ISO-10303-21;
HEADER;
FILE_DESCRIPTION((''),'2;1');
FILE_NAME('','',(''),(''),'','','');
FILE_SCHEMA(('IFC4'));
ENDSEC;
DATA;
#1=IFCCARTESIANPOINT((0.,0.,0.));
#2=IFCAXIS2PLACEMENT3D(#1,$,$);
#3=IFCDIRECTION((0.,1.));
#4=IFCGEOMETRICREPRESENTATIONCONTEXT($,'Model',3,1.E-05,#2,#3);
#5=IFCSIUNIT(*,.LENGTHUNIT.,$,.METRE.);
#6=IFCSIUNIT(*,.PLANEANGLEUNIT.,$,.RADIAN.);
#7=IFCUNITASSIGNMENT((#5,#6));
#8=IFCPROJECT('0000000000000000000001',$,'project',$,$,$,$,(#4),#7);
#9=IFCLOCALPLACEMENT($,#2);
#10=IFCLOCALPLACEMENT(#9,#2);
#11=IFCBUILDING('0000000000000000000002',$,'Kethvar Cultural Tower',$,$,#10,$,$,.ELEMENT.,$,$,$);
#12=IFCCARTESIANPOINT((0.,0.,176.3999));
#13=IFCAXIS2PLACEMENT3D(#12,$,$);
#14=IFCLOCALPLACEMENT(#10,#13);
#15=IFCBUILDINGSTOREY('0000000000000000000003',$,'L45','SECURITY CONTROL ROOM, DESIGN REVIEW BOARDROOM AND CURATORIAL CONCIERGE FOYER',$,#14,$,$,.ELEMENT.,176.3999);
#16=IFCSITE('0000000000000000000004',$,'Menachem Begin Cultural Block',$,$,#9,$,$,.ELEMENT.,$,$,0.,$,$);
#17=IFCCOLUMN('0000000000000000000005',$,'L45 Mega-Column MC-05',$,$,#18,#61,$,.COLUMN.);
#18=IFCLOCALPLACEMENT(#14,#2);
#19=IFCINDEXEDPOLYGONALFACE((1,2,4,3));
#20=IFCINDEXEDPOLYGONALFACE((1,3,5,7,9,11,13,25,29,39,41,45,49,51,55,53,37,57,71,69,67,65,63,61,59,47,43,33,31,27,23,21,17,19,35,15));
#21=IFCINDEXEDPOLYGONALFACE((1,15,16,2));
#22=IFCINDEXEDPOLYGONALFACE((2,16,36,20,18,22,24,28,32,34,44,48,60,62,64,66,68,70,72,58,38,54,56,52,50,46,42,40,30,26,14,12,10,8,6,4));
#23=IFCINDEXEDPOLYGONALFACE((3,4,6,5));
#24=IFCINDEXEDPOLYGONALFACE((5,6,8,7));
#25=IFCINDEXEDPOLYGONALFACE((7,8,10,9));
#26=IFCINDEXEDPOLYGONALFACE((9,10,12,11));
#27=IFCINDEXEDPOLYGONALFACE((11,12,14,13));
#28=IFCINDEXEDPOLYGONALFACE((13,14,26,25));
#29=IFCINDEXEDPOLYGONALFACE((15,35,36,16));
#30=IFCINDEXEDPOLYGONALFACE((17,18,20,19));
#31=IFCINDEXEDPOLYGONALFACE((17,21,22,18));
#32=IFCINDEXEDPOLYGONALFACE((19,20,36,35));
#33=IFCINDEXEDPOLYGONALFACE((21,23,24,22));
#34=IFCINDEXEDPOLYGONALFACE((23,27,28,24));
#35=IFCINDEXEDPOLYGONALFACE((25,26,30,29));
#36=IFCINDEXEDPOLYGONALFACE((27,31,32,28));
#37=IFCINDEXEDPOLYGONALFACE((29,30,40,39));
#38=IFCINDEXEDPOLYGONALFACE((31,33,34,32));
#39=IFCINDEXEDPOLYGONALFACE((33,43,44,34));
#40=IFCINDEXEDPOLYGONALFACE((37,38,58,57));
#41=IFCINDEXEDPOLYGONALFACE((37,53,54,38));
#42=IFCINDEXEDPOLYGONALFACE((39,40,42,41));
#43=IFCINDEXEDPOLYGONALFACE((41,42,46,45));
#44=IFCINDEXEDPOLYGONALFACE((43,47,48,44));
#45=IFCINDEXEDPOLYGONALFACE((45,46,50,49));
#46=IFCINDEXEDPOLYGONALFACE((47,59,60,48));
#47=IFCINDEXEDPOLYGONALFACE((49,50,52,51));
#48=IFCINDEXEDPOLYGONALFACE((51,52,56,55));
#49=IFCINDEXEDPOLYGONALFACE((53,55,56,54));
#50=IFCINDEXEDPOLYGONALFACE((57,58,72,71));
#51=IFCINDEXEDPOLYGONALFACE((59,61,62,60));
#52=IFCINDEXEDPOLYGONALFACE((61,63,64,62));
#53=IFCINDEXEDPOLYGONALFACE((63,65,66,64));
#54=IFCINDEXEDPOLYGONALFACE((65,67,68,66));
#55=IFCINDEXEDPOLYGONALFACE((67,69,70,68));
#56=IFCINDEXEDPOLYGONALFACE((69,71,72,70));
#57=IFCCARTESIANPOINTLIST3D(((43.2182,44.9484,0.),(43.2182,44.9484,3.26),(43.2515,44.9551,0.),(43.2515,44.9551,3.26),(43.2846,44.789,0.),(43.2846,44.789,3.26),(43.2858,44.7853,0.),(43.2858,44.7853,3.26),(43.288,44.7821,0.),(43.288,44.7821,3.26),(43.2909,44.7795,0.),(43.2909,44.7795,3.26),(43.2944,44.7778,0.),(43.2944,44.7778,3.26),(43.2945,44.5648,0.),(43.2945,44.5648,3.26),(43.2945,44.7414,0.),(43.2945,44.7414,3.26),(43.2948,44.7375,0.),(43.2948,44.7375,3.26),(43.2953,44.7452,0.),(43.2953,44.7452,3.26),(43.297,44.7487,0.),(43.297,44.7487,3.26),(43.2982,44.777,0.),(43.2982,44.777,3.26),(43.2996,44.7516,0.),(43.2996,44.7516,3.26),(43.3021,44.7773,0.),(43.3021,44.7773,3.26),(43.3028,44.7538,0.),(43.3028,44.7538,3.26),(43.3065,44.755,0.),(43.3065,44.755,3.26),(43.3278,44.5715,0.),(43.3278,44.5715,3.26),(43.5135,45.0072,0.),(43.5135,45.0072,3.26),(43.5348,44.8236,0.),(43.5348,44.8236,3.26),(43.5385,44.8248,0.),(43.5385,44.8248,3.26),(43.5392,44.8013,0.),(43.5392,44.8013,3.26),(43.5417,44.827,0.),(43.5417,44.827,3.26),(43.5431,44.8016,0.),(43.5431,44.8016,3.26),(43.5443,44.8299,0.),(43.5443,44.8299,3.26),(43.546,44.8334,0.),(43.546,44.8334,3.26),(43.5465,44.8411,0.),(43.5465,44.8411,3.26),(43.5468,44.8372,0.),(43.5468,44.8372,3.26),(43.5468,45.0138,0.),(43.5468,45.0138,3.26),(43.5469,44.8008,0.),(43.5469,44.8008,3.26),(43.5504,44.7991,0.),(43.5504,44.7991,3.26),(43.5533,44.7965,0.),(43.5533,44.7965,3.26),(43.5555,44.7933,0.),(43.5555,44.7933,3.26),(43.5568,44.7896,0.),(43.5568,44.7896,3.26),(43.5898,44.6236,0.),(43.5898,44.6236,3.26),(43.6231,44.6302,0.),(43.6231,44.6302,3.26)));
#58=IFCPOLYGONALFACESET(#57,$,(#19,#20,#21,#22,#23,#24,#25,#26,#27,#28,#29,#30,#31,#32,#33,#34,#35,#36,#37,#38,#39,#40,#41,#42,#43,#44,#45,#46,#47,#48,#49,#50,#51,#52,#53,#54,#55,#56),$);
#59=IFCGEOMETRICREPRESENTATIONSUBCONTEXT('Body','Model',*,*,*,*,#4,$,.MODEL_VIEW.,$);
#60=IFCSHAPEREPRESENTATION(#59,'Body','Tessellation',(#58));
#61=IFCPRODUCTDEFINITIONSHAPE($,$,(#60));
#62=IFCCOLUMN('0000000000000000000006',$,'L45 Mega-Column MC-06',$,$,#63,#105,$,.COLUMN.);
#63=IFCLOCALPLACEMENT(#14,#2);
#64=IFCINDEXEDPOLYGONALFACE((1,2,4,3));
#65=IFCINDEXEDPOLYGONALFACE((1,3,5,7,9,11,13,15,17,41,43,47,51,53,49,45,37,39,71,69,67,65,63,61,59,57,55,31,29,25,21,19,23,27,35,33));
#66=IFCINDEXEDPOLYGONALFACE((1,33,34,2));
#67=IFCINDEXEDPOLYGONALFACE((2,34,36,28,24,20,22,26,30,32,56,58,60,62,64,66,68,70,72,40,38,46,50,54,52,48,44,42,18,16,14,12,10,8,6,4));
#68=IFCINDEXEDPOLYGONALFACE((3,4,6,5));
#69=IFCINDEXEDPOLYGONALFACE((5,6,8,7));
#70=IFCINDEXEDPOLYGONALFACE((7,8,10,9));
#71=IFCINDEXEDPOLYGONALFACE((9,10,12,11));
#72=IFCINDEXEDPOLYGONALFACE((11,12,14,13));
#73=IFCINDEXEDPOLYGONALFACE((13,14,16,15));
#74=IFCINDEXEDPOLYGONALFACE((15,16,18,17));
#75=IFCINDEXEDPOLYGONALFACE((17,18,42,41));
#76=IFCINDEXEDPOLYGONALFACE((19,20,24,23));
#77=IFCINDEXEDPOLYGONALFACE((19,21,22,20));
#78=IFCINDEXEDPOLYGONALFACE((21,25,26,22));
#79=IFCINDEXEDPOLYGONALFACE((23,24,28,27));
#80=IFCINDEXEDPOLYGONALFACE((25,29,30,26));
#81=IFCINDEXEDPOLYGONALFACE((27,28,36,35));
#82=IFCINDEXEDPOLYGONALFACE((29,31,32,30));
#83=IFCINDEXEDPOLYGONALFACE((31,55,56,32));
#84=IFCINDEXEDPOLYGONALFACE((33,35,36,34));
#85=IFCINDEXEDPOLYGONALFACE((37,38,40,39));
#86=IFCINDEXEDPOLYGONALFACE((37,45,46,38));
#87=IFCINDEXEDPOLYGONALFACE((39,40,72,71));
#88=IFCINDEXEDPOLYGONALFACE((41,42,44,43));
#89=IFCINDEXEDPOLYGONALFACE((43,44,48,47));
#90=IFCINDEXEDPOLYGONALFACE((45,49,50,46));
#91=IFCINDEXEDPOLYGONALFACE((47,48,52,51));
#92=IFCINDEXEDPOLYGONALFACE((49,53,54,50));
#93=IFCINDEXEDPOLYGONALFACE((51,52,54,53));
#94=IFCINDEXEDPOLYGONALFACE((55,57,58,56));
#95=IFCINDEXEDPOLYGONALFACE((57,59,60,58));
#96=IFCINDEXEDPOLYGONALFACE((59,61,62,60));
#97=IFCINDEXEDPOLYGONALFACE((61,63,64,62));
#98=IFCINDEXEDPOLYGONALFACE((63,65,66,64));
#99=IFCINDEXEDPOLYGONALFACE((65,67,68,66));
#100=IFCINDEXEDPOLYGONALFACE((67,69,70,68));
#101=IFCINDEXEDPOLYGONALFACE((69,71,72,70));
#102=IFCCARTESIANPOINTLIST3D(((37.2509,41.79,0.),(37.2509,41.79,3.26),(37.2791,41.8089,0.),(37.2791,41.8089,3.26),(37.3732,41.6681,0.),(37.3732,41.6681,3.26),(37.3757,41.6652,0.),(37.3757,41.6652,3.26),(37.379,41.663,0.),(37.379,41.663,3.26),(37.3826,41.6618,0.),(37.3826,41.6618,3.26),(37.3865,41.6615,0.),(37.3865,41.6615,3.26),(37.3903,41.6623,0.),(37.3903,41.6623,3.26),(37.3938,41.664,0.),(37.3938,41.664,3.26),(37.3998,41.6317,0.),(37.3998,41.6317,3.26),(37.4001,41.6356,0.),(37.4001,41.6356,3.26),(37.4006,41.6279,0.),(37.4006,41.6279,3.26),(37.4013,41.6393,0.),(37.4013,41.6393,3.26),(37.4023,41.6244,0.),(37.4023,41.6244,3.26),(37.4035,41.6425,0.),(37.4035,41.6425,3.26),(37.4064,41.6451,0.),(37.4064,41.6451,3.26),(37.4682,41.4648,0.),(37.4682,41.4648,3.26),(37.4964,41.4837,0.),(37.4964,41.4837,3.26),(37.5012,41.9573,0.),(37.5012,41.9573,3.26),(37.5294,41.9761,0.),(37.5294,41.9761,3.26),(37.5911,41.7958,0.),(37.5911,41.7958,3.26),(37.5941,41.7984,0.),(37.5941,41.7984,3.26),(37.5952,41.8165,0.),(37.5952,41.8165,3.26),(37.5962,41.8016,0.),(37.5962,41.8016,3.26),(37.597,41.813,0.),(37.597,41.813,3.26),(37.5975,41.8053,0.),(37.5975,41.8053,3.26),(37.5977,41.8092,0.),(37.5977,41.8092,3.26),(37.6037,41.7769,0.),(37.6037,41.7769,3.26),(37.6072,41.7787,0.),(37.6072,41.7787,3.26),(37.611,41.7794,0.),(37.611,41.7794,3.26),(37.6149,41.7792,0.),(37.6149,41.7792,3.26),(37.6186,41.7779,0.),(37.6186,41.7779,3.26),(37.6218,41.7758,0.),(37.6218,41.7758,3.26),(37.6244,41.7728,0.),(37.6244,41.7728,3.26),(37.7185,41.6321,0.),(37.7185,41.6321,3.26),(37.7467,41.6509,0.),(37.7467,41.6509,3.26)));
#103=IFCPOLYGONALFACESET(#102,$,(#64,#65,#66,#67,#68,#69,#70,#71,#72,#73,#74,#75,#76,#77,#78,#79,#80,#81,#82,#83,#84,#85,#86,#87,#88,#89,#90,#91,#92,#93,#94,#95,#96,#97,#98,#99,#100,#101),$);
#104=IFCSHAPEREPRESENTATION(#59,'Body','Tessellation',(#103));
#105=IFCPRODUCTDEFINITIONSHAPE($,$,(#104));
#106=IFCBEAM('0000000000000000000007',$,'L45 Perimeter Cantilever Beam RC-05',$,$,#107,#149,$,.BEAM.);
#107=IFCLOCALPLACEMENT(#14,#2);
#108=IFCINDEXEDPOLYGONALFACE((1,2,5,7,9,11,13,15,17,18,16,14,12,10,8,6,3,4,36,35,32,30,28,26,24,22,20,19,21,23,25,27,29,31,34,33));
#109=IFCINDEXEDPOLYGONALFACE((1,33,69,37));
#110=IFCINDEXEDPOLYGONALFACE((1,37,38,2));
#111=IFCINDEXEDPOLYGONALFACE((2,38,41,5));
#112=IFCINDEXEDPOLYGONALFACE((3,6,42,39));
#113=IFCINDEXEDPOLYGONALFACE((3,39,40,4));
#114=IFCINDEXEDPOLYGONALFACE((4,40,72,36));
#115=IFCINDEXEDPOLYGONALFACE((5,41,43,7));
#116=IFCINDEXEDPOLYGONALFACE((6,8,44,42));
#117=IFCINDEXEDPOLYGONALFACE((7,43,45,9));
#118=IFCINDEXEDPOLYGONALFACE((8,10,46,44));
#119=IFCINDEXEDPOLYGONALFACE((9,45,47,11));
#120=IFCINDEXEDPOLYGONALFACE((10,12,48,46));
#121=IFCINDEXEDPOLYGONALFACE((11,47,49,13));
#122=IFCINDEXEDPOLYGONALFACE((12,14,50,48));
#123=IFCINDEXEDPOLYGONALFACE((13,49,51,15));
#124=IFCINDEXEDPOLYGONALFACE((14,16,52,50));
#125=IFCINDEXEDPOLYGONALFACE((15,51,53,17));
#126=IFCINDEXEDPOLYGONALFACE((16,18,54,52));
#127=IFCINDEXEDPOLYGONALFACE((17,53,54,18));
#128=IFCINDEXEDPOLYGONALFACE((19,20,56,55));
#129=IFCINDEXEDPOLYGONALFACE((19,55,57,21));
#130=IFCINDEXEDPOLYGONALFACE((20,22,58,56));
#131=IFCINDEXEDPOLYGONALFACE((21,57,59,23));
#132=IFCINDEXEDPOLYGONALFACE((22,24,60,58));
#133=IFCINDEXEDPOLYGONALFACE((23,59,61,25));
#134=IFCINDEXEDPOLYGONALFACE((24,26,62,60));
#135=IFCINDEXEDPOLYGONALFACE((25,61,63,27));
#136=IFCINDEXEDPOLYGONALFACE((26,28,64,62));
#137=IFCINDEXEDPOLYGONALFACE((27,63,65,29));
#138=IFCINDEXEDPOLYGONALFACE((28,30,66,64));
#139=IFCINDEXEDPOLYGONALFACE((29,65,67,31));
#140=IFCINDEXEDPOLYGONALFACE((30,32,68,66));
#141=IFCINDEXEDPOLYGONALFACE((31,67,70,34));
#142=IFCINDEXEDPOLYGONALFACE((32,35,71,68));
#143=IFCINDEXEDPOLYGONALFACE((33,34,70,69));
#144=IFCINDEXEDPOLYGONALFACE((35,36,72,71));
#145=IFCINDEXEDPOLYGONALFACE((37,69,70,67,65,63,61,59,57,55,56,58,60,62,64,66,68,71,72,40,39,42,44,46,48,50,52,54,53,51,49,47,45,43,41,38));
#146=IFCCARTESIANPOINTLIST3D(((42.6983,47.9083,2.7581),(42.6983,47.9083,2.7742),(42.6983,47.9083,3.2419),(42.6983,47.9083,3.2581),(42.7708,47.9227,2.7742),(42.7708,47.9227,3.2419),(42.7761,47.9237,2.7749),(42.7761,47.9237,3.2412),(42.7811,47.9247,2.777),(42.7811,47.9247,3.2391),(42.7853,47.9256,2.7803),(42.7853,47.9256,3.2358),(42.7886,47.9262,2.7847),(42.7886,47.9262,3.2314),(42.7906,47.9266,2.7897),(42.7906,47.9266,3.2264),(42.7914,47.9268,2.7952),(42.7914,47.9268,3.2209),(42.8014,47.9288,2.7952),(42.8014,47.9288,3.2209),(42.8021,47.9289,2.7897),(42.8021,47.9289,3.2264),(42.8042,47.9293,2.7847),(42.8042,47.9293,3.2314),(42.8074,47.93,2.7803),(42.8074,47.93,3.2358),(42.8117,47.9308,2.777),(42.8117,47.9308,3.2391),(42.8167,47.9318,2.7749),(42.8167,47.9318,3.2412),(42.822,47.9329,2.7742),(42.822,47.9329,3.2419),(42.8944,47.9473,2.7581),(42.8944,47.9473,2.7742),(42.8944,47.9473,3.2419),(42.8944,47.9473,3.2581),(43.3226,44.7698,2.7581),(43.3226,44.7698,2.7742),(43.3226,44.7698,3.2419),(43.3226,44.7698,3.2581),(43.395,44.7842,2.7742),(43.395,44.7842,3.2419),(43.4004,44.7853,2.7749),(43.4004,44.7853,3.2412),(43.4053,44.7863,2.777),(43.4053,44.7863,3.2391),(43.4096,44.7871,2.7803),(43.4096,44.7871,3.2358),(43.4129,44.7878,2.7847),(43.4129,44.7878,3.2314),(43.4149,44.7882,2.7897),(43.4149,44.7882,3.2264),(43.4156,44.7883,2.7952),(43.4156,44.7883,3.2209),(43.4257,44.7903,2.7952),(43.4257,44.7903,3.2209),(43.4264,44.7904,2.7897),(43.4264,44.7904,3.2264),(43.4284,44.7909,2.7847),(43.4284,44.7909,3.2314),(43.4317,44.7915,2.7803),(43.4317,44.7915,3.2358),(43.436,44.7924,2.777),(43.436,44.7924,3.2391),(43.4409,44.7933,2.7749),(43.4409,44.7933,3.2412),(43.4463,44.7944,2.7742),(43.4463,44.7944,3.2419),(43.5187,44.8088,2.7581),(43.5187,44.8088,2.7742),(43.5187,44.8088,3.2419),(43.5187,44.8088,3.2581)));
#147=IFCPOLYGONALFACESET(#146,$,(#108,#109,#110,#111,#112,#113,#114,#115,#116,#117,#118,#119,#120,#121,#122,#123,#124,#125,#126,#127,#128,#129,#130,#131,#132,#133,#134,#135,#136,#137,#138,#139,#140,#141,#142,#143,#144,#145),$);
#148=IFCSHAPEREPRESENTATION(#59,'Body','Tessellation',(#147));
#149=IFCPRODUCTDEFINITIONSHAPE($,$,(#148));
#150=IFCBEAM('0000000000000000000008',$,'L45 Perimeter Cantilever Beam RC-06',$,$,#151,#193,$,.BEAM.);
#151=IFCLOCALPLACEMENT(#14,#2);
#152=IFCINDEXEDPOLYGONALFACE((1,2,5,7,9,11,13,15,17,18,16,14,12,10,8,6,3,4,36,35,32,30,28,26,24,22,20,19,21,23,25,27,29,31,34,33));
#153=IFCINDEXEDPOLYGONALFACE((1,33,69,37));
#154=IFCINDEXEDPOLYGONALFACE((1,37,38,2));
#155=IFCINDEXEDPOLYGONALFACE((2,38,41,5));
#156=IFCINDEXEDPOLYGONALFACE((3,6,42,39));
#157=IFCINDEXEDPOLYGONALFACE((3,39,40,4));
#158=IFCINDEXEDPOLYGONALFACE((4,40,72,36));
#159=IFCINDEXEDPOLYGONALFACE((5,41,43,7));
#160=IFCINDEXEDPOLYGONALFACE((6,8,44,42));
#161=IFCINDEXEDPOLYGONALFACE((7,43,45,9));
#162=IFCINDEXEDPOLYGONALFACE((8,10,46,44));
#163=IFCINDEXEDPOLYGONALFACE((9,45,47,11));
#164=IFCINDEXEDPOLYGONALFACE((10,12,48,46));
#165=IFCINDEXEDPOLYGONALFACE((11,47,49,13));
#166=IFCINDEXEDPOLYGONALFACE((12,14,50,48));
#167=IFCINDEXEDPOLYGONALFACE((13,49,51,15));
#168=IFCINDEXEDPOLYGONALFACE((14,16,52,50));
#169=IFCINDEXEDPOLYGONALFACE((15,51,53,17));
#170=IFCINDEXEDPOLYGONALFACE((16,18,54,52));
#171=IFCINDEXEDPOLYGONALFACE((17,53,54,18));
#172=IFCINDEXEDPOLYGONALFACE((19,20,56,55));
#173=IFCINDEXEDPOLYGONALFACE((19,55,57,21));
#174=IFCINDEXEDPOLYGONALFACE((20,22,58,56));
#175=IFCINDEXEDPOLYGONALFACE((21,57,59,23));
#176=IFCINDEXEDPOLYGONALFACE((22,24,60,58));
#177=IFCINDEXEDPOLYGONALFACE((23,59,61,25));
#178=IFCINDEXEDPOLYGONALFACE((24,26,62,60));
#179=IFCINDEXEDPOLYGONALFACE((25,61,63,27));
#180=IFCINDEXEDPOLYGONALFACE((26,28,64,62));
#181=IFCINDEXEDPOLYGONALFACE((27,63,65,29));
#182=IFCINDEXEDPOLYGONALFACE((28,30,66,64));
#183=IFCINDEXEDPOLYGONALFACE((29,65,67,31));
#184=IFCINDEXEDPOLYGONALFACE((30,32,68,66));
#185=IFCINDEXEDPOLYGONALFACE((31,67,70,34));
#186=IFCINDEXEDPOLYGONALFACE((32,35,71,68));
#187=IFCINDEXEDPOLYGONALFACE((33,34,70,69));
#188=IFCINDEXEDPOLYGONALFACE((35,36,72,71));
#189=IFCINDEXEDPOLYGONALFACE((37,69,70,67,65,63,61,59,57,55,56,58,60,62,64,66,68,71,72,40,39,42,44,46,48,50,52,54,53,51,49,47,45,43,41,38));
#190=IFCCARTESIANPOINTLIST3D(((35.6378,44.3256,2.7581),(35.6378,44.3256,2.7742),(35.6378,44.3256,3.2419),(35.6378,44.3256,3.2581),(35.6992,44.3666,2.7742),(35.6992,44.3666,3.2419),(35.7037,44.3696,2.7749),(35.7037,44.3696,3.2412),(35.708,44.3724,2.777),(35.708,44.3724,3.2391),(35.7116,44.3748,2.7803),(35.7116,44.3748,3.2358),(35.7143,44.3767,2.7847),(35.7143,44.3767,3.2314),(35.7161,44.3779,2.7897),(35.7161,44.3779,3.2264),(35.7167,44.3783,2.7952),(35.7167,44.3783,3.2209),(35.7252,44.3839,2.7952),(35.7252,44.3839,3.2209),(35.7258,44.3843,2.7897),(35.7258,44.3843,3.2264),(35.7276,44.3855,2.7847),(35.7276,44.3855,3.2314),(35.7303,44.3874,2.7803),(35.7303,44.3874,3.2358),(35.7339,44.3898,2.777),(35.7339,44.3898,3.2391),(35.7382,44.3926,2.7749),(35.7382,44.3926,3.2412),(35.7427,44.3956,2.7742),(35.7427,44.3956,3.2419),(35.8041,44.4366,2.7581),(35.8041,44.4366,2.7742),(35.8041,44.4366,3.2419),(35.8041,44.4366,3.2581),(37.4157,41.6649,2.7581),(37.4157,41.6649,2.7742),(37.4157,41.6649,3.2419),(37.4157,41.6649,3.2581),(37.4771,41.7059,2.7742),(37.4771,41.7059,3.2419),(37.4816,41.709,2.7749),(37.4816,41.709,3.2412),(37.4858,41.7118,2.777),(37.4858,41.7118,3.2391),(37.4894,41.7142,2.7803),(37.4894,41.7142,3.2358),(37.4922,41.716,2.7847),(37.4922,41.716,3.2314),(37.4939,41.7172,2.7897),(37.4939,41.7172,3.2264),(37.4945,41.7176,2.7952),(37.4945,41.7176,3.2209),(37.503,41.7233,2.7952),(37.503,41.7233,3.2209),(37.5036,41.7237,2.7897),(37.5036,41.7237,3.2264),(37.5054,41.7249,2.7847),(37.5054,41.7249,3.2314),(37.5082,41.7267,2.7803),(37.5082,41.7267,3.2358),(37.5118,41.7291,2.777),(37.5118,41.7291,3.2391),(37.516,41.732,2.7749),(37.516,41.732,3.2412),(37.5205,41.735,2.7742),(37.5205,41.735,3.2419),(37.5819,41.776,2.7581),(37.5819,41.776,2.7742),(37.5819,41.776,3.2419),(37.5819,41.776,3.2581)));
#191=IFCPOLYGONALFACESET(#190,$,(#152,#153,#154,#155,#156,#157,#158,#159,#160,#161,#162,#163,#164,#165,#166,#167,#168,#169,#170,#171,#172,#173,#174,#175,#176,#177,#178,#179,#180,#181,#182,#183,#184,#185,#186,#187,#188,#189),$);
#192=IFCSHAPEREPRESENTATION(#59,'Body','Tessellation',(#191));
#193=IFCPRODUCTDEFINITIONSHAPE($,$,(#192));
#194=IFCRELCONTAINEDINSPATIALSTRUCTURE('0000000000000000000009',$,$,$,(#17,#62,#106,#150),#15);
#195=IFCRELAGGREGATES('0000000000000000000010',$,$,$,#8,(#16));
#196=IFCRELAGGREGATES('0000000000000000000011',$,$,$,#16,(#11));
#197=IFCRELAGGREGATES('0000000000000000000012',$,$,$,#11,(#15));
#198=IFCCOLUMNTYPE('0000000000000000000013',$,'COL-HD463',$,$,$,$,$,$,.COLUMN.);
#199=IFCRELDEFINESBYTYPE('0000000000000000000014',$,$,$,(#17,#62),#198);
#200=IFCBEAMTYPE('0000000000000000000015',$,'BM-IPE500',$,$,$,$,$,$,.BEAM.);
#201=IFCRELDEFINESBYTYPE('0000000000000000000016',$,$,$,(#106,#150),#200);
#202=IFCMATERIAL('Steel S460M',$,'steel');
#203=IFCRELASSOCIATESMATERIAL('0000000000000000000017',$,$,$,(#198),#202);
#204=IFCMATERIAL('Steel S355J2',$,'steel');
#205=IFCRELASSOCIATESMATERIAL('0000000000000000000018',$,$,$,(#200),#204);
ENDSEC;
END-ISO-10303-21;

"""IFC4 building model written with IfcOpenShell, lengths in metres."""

from ifc_helpers import new_model, si_unit, direction, frame, origin, origin_2d, place, context, subcontext, project, spatial, i_section, extrude, source, transform, mapped, material, material_profile, profile_set, type_object, element, save


model = new_model("IFC4")

# Units and contexts
model_context = context("Model", 3, precision=1e-05, world=origin(), true_north=direction((0.0, 1.0)))
body_context = subcontext(model_context, "Body", "Model", "MODEL_VIEW")
ifc_project = project(units=[si_unit("LENGTHUNIT", "METRE"), si_unit("PLANEANGLEUNIT", "RADIAN")], contexts=[model_context])

# Site, building, storey
site_placement = place(None, origin())
site = spatial("IfcSite", under=ifc_project, at=site_placement, Name="Menachem Begin Cultural Block", CompositionType="ELEMENT", RefElevation=0.0)
building_placement = place(site_placement, origin())
building = spatial("IfcBuilding", under=site, at=building_placement, Name="Kethvar Cultural Tower", CompositionType="ELEMENT")
storey_placement = place(building_placement, frame((0.0, 0.0, 176.3999)))
storey = spatial("IfcBuildingStorey", under=building, at=storey_placement, Name="L45", Description="SECURITY CONTROL ROOM, DESIGN REVIEW BOARDROOM AND CURATORIAL CONCIERGE FOYER", CompositionType="ELEMENT", Elevation=176.3999)

# Columns
ifc_material_1 = material(Name="Steel S460M", Category="steel")
ifc_material_profile_1 = material_profile(ifc_material_1, i_section(OverallWidth=0.3911, OverallDepth=0.335, WebThickness=0.0227, FlangeThickness=0.0339, FilletRadius=0.0149, at=origin_2d()), Name="Steel S460M — HD400x463")
ifc_profile_set_1 = profile_set([ifc_material_profile_1], Name="Steel S460M — HD400x463")
column_type = type_object("IfcColumnType", Name="COL-HD463", PredefinedType="COLUMN", material=ifc_profile_set_1)
shared_shape_1 = source(origin(), body_context, "Body", "SweptSolid", [
    extrude(i_section(OverallWidth=0.3911, OverallDepth=0.335, WebThickness=0.0227, FlangeThickness=0.0339, FilletRadius=0.0149, at=origin_2d()), origin(), (0.0, 0.0, 1.0), 3.26),
])
for number, where, z_axis, x_axis, name in (
    (1, (43.4207, 44.7893, 0.0), (0.0, 0.0, 1.0), (-0.19509, 0.980785, 0.0), "L45 Mega-Column MC-05"),
    (2, (37.4988, 41.7205, 0.0), (0.0, 0.0, 1.0), (-0.55557, 0.83147, 0.0), "L45 Mega-Column MC-06"),
):
    element("IfcColumn", number, at=place(storey_placement, frame(where, z_axis=z_axis, x_axis=x_axis)), inside=storey, type_object=column_type, Name=name, PredefinedType="COLUMN", context=body_context, shape_type="MappedRepresentation", body=[
        mapped(shared_shape_1, transform((0.0, 0.0, 0.0), scale=1.0)),
    ])

# Beams
ifc_material_2 = material(Name="Steel S355J2", Category="steel")
ifc_material_profile_2 = material_profile(ifc_material_2, i_section(OverallWidth=0.2, OverallDepth=0.5, WebThickness=0.0103, FlangeThickness=0.0161, FilletRadius=0.021, at=origin_2d()), Name="Steel S355J2 — IPE500")
ifc_profile_set_2 = profile_set([ifc_material_profile_2], Name="Steel S355J2 — IPE500")
beam_type_1 = type_object("IfcBeamType", Name="BM-IPE500", PredefinedType="BEAM", material=ifc_profile_set_2)
shared_shape_2 = source(origin(), body_context, "Body", "SweptSolid", [
    extrude(i_section(OverallWidth=0.2, OverallDepth=0.5, WebThickness=0.0103, FlangeThickness=0.0161, FilletRadius=0.021, at=origin_2d()), origin(), (0.0, 0.0, 1.0), 3.2),
])
for number, where, z_axis, x_axis, name in (
    (3, (43.4207, 44.7893, 3.0081), (-0.195089, 0.980786, 0.0), (-0.980786, -0.195089, 0.0), "L45 Perimeter Cantilever Beam RC-05"),
    (4, (37.4988, 41.7205, 3.0081), (-0.55558, 0.831463, 0.0), (-0.831463, -0.55558, 0.0), "L45 Perimeter Cantilever Beam RC-06"),
):
    element("IfcBeam", number, at=place(storey_placement, frame(where, z_axis=z_axis, x_axis=x_axis)), inside=storey, type_object=beam_type_1, Name=name, PredefinedType="BEAM", context=body_context, shape_type="MappedRepresentation", body=[
        mapped(shared_shape_2, transform((0.0, 0.0, 0.0), scale=1.0)),
    ])

save(model, "model.ifc")
